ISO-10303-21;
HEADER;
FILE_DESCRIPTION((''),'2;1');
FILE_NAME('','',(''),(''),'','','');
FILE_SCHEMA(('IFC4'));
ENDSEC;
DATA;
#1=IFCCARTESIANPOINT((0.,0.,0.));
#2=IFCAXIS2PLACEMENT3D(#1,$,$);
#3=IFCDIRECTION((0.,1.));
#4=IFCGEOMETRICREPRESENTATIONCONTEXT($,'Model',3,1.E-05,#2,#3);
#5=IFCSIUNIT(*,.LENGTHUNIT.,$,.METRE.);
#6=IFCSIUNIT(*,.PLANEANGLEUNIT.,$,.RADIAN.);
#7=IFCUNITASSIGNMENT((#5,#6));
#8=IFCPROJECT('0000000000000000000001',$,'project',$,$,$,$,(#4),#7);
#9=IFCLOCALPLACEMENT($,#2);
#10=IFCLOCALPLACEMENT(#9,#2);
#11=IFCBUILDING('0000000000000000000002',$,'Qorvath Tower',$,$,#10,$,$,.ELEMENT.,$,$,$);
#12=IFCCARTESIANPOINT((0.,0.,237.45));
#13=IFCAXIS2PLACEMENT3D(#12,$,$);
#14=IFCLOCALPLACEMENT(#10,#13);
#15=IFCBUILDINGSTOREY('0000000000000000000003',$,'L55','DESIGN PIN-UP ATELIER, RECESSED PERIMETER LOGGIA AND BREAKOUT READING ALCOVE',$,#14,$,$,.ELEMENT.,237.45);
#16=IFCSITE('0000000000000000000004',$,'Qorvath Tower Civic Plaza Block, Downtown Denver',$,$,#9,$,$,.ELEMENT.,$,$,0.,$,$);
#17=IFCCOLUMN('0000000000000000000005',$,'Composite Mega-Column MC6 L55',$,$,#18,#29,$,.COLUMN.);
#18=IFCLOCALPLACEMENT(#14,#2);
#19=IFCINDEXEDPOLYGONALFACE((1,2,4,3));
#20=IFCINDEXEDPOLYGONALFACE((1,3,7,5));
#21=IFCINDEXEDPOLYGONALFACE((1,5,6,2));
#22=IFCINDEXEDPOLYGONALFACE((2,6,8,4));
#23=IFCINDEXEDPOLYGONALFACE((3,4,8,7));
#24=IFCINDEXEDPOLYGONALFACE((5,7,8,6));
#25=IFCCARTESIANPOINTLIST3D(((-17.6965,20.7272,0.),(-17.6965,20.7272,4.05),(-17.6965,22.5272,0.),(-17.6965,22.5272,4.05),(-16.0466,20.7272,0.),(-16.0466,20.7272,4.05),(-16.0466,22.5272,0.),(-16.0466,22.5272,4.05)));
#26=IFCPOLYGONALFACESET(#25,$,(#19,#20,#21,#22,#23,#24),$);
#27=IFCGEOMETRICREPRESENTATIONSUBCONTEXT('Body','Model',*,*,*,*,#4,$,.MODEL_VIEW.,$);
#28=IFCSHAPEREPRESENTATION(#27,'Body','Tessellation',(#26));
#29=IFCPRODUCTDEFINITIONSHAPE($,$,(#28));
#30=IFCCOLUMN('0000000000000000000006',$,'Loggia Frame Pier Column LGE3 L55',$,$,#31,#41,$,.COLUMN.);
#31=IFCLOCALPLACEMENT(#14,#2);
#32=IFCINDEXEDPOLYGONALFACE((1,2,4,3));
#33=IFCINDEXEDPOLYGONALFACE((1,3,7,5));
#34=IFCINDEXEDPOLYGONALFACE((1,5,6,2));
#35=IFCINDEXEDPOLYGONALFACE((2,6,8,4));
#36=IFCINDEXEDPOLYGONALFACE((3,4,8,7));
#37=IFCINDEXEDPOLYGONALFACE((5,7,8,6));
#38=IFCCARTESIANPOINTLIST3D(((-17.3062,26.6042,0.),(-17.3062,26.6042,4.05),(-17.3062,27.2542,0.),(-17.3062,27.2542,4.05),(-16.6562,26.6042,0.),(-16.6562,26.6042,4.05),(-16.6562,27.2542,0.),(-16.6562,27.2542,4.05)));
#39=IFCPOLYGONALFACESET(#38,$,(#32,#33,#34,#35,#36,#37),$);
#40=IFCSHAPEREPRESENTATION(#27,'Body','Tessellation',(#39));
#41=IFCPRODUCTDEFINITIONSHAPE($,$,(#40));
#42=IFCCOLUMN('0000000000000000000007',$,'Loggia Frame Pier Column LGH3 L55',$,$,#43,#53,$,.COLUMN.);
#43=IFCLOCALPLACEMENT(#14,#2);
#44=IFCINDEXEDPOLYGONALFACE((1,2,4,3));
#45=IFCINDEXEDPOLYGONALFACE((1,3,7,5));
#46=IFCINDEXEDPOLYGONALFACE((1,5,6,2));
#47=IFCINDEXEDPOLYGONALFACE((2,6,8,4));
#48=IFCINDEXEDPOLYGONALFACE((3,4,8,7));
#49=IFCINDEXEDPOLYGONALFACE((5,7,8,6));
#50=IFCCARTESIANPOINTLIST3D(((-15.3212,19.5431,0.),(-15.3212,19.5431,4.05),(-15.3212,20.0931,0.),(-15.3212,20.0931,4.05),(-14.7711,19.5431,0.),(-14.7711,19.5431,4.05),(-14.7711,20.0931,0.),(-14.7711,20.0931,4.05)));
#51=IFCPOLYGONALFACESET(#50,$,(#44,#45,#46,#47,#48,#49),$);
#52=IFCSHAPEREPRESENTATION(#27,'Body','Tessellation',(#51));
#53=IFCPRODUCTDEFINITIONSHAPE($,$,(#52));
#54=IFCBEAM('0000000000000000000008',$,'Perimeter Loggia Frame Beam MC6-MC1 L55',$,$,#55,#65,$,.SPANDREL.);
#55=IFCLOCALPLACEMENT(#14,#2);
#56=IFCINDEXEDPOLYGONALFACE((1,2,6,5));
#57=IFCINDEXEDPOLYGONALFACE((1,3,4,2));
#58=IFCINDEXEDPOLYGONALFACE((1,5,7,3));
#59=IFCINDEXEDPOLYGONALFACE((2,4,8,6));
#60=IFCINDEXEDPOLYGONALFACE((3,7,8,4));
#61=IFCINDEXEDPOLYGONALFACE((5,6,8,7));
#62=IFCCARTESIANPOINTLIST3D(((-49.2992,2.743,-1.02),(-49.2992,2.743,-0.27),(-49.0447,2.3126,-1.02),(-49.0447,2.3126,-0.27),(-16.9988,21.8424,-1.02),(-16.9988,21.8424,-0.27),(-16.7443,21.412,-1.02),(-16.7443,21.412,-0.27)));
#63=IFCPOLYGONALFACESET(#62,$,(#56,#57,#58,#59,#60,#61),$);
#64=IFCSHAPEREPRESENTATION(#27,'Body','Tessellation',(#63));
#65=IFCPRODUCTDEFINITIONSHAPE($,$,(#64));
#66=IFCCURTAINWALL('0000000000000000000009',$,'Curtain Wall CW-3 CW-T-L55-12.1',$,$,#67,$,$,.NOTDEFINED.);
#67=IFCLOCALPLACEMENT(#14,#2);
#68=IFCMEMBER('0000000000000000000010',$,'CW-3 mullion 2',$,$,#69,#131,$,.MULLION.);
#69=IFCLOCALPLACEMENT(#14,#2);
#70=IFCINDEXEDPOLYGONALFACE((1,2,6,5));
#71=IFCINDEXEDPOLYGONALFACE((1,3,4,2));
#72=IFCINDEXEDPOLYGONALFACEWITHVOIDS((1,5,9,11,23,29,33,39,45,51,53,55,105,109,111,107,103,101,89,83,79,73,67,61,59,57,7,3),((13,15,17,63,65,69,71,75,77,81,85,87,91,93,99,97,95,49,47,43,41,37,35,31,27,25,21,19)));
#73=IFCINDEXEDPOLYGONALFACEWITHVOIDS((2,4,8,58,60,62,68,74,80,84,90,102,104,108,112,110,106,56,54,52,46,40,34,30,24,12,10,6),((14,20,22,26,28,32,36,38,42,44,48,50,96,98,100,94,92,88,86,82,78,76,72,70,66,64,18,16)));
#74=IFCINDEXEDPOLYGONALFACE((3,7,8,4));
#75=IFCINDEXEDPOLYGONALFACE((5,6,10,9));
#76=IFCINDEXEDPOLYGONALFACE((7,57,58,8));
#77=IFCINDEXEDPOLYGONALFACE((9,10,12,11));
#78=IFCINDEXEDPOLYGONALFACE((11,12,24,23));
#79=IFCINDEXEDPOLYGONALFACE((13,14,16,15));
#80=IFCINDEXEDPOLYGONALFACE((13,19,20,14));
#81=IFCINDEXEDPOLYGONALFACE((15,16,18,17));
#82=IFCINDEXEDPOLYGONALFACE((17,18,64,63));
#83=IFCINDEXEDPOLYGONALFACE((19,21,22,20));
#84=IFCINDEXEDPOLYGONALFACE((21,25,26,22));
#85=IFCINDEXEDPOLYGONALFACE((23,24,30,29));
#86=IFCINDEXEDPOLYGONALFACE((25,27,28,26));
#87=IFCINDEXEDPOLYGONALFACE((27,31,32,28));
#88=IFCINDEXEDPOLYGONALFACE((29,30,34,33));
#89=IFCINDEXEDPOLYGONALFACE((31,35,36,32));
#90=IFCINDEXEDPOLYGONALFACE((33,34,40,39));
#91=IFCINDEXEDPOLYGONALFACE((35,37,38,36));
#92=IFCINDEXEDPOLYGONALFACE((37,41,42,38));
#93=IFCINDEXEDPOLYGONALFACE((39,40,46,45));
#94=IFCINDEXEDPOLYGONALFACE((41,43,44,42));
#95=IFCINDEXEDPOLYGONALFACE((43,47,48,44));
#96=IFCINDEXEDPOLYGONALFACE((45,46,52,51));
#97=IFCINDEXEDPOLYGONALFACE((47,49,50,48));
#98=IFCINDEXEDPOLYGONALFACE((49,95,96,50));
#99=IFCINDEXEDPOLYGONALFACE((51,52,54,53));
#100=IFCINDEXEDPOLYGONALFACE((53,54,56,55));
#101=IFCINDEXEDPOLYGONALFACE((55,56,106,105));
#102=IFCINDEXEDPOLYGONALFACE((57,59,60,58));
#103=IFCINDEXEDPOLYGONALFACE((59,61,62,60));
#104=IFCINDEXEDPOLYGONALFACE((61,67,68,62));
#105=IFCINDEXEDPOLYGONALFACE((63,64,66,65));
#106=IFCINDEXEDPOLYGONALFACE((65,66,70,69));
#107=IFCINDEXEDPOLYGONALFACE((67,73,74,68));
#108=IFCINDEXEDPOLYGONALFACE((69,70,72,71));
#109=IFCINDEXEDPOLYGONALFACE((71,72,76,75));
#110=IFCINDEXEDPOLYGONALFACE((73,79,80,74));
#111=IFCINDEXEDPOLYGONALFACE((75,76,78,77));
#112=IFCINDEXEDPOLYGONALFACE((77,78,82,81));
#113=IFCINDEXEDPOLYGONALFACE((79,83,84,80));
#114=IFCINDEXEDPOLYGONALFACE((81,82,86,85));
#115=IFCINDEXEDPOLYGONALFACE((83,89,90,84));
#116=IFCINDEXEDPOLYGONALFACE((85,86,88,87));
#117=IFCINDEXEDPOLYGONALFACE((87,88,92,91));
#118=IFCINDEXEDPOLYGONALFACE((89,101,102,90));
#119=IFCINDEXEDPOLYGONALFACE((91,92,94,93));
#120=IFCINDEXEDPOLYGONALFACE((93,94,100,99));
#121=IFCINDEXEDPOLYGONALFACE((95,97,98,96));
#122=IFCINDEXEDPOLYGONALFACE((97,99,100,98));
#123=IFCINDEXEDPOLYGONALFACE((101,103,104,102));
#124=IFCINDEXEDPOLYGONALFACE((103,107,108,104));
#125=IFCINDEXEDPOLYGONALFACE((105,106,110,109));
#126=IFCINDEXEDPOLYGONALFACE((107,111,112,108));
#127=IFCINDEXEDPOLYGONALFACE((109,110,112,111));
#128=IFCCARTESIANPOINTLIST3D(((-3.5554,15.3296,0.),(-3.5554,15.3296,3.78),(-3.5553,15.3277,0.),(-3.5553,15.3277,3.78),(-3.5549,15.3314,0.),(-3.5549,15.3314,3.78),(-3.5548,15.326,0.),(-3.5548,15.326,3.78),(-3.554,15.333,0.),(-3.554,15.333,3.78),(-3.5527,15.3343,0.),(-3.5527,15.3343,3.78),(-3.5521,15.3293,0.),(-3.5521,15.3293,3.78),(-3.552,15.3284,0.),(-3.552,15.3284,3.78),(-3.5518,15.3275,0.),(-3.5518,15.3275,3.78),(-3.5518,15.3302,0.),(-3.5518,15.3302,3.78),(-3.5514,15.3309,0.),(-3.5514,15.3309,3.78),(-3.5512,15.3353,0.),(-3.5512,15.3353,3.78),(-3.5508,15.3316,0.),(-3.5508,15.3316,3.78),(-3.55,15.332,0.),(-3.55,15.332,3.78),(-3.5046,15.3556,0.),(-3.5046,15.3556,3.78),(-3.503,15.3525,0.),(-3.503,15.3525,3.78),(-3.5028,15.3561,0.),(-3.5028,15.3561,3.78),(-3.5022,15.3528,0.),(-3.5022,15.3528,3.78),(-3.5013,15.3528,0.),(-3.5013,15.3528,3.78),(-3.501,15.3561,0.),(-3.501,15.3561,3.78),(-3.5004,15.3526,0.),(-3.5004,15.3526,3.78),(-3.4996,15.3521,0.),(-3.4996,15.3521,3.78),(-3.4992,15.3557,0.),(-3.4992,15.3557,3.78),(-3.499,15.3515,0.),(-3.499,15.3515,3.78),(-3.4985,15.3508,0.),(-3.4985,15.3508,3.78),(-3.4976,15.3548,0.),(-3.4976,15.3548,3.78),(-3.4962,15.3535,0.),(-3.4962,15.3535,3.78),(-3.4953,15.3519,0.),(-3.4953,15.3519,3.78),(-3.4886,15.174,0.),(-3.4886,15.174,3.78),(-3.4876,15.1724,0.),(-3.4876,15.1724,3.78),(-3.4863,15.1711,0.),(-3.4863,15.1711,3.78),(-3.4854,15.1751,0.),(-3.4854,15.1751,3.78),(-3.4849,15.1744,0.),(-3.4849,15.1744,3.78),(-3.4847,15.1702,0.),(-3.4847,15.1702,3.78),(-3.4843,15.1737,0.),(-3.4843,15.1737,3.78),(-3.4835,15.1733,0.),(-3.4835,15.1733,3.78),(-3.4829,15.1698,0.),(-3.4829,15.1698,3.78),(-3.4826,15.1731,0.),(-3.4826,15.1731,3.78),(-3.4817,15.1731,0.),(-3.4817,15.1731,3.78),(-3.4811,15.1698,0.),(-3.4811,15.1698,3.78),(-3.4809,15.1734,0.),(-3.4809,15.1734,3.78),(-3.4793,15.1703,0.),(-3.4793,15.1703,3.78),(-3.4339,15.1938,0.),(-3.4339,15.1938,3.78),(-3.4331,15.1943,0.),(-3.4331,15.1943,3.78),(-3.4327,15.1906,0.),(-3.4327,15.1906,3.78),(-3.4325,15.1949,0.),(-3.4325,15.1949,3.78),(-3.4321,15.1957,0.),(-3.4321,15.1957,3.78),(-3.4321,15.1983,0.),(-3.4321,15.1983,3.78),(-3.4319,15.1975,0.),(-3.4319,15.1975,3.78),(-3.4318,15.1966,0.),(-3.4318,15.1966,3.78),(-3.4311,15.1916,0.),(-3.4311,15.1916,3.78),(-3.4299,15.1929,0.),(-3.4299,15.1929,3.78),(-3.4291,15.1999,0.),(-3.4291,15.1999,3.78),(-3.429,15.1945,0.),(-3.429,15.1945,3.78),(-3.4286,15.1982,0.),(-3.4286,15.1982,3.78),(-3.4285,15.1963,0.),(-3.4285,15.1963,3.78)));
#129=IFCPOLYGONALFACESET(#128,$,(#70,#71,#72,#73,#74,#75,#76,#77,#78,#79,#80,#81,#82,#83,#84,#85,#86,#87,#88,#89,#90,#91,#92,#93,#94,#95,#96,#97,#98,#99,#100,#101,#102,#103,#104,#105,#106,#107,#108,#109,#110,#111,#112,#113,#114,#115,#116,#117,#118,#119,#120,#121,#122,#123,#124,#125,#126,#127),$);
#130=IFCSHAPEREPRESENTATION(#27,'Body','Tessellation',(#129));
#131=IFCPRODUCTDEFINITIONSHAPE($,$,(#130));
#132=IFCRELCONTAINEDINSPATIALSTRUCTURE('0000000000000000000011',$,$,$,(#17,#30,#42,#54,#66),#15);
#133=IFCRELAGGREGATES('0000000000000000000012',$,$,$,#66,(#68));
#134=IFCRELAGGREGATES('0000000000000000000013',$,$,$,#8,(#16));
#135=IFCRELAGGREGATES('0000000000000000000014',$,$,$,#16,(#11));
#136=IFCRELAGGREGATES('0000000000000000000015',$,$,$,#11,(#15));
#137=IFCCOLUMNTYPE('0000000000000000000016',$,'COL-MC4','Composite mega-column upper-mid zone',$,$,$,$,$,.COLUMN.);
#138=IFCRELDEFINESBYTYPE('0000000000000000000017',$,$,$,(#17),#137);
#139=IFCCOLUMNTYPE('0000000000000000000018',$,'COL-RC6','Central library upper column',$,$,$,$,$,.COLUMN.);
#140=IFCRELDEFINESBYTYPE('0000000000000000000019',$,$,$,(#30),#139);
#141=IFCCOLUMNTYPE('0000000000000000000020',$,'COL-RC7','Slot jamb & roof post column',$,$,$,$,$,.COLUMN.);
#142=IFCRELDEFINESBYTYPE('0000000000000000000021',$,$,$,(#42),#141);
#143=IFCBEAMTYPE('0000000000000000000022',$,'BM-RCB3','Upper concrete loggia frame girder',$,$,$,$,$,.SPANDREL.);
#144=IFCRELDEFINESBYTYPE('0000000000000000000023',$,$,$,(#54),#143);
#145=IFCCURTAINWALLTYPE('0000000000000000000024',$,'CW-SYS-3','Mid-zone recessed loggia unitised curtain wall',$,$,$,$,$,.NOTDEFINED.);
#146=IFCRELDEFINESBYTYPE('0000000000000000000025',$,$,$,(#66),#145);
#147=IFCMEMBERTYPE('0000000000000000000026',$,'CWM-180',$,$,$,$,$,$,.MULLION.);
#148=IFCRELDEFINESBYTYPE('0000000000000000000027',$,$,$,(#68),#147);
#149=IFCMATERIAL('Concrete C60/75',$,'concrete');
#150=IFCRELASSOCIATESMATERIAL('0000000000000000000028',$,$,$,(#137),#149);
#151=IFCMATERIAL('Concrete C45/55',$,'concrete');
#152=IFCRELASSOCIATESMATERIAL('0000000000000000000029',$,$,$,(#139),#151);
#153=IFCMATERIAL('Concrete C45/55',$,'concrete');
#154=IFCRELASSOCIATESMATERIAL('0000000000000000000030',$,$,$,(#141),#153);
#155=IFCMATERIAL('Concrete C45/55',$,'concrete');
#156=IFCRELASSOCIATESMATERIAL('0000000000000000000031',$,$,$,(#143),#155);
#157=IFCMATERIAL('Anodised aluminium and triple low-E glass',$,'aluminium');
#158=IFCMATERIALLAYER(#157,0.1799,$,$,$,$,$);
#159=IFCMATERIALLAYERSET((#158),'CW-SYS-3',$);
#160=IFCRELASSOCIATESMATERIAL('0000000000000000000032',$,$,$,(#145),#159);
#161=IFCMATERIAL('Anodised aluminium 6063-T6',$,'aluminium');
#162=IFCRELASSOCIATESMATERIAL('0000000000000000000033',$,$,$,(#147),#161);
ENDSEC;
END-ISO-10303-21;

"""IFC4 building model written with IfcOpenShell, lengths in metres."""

from ifc_helpers import new_model, si_unit, direction, frame, origin, origin_2d, place, context, subcontext, project, spatial, rectangle, hollow_rectangle, extrude, material, layer, layer_set, material_profile, profile_set, type_object, element, aggregate, save


model = new_model("IFC4")

# Units and contexts
model_context = context("Model", 3, precision=1e-05, world=origin(), true_north=direction((0.0, 1.0)))
body_context = subcontext(model_context, "Body", "Model", "MODEL_VIEW")
ifc_project = project(units=[si_unit("LENGTHUNIT", "METRE"), si_unit("PLANEANGLEUNIT", "RADIAN")], contexts=[model_context])

# Site, building, storey
site_placement = place(None, origin())
site = spatial("IfcSite", under=ifc_project, at=site_placement, Name="Qorvath Tower Civic Plaza Block, Downtown Denver", CompositionType="ELEMENT", RefElevation=0.0)
building_placement = place(site_placement, origin())
building = spatial("IfcBuilding", under=site, at=building_placement, Name="Qorvath Tower", CompositionType="ELEMENT")
storey_placement = place(building_placement, frame((0.0, 0.0, 237.45)))
storey = spatial("IfcBuildingStorey", under=building, at=storey_placement, Name="L55", Description="DESIGN PIN-UP ATELIER, RECESSED PERIMETER LOGGIA AND BREAKOUT READING ALCOVE", CompositionType="ELEMENT", Elevation=237.45)

# Columns
ifc_material_1 = material(Name="Concrete C60/75", Category="concrete")
ifc_material_profile_1 = material_profile(ifc_material_1, rectangle(XDim=1.6499, YDim=1.8, at=origin_2d()), Name="MC 1800x1650")
ifc_profile_set_1 = profile_set([ifc_material_profile_1], Name="Concrete C60/75")
column_type_1 = type_object("IfcColumnType", Name="COL-MC4", Description="Composite mega-column upper-mid zone", PredefinedType="COLUMN", material=ifc_profile_set_1)
column_1_placement = place(storey_placement, frame((-16.8716, 21.6272, 0.0), z_axis=(0.0, 0.0, 1.0), x_axis=(1.0, 0.0, 0.0)))
element("IfcColumn", 1, at=column_1_placement, inside=storey, type_object=column_type_1, Name="Composite Mega-Column MC6 L55", PredefinedType="COLUMN", context=body_context, shape_type="SweptSolid", body=[
    extrude(rectangle(XDim=1.6499, YDim=1.8, at=origin_2d()), origin(), (0.0, 0.0, 1.0), 4.05),
])
ifc_material_2 = material(Name="Concrete C45/55", Category="concrete")
ifc_material_profile_2 = material_profile(ifc_material_2, rectangle(XDim=0.6499, YDim=0.6499, at=origin_2d()), Name="RC 650x650")
ifc_profile_set_2 = profile_set([ifc_material_profile_2], Name="Concrete C45/55")
column_type_2 = type_object("IfcColumnType", Name="COL-RC6", Description="Central library upper column", PredefinedType="COLUMN", material=ifc_profile_set_2)
column_2_placement = place(storey_placement, frame((-16.9812, 26.9292, 0.0), z_axis=(0.0, 0.0, 1.0), x_axis=(1.0, 0.0, 0.0)))
element("IfcColumn", 2, at=column_2_placement, inside=storey, type_object=column_type_2, Name="Loggia Frame Pier Column LGE3 L55", PredefinedType="COLUMN", context=body_context, shape_type="SweptSolid", body=[
    extrude(rectangle(XDim=0.6499, YDim=0.6499, at=origin_2d()), origin(), (0.0, 0.0, 1.0), 4.05),
])
ifc_material_3 = material(Name="Concrete C45/55", Category="concrete")
ifc_material_profile_3 = material_profile(ifc_material_3, rectangle(XDim=0.55, YDim=0.55, at=origin_2d()), Name="RC 550x550")
ifc_profile_set_3 = profile_set([ifc_material_profile_3], Name="Concrete C45/55")
column_type_3 = type_object("IfcColumnType", Name="COL-RC7", Description="Slot jamb & roof post column", PredefinedType="COLUMN", material=ifc_profile_set_3)
column_3_placement = place(storey_placement, frame((-15.0461, 19.8181, 0.0), z_axis=(0.0, 0.0, 1.0), x_axis=(1.0, 0.0, 0.0)))
element("IfcColumn", 3, at=column_3_placement, inside=storey, type_object=column_type_3, Name="Loggia Frame Pier Column LGH3 L55", PredefinedType="COLUMN", context=body_context, shape_type="SweptSolid", body=[
    extrude(rectangle(XDim=0.55, YDim=0.55, at=origin_2d()), origin(), (0.0, 0.0, 1.0), 4.05),
])

# Beam
ifc_material_4 = material(Name="Concrete C45/55", Category="concrete")
ifc_material_profile_4 = material_profile(ifc_material_4, rectangle(XDim=0.5, YDim=0.75, at=origin_2d()), Name="RCB 750x500")
ifc_profile_set_4 = profile_set([ifc_material_profile_4], Name="Concrete C45/55")
beam_type = type_object("IfcBeamType", Name="BM-RCB3", Description="Upper concrete loggia frame girder", PredefinedType="SPANDREL", material=ifc_profile_set_4)
beam_placement = place(storey_placement, frame((-16.8716, 21.6272, -0.645), z_axis=(-0.860777, -0.508983, 0.0), x_axis=(0.508983, -0.860777, 0.0)))
element("IfcBeam", 4, at=beam_placement, inside=storey, type_object=beam_type, Name="Perimeter Loggia Frame Beam MC6-MC1 L55", PredefinedType="SPANDREL", context=body_context, shape_type="SweptSolid", body=[
    extrude(rectangle(XDim=0.5, YDim=0.75, at=origin_2d()), origin(), (0.0, 0.0, 1.0), 37.5247),
])

# Curtain wall, member
ifc_material_5 = material(Name="Anodised aluminium and triple low-E glass", Category="aluminium")
ifc_layer_1 = layer(ifc_material_5, 0.1799)
ifc_layer_set_1 = layer_set([ifc_layer_1], Name="CW-SYS-3")
curtain_wall_type = type_object("IfcCurtainWallType", Name="CW-SYS-3", Description="Mid-zone recessed loggia unitised curtain wall", PredefinedType="NOTDEFINED", material=ifc_layer_set_1)
curtain_wall_1_placement = place(storey_placement, origin())
curtain_wall_1 = element("IfcCurtainWall", 5, at=curtain_wall_1_placement, inside=storey, type_object=curtain_wall_type, Name="Curtain Wall CW-3 CW-T-L55-12.1", PredefinedType="NOTDEFINED")
ifc_material_6 = material(Name="Anodised aluminium 6063-T6", Category="aluminium")
ifc_material_profile_5 = material_profile(ifc_material_6, hollow_rectangle(XDim=0.0649, YDim=0.1799, WallThickness=0.0034, InnerFilletRadius=0.0034, OuterFilletRadius=0.0071, at=origin_2d()), Name="CWM 180x65")
ifc_profile_set_5 = profile_set([ifc_material_profile_5], Name="Anodised aluminium 6063-T6")
member_type_1 = type_object("IfcMemberType", Name="CWM-180", PredefinedType="MULLION", material=ifc_profile_set_5)
member_1_placement = place(storey_placement, frame((-3.4919, 15.2629, 0.0), z_axis=(0.0, 0.0, 1.0), x_axis=(-0.916729, -0.399511, 0.0)))
member_1 = element("IfcMember", 6, at=member_1_placement, type_object=member_type_1, Name="CW-3 mullion 2", PredefinedType="MULLION", context=body_context, shape_type="SweptSolid", body=[
    extrude(hollow_rectangle(XDim=0.0649, YDim=0.1799, WallThickness=0.0034, InnerFilletRadius=0.0034, OuterFilletRadius=0.0071, at=origin_2d()), origin(), (0.0, 0.0, 1.0), 3.78),
])

aggregate(curtain_wall_1, [member_1])

save(model, "model.ifc")
